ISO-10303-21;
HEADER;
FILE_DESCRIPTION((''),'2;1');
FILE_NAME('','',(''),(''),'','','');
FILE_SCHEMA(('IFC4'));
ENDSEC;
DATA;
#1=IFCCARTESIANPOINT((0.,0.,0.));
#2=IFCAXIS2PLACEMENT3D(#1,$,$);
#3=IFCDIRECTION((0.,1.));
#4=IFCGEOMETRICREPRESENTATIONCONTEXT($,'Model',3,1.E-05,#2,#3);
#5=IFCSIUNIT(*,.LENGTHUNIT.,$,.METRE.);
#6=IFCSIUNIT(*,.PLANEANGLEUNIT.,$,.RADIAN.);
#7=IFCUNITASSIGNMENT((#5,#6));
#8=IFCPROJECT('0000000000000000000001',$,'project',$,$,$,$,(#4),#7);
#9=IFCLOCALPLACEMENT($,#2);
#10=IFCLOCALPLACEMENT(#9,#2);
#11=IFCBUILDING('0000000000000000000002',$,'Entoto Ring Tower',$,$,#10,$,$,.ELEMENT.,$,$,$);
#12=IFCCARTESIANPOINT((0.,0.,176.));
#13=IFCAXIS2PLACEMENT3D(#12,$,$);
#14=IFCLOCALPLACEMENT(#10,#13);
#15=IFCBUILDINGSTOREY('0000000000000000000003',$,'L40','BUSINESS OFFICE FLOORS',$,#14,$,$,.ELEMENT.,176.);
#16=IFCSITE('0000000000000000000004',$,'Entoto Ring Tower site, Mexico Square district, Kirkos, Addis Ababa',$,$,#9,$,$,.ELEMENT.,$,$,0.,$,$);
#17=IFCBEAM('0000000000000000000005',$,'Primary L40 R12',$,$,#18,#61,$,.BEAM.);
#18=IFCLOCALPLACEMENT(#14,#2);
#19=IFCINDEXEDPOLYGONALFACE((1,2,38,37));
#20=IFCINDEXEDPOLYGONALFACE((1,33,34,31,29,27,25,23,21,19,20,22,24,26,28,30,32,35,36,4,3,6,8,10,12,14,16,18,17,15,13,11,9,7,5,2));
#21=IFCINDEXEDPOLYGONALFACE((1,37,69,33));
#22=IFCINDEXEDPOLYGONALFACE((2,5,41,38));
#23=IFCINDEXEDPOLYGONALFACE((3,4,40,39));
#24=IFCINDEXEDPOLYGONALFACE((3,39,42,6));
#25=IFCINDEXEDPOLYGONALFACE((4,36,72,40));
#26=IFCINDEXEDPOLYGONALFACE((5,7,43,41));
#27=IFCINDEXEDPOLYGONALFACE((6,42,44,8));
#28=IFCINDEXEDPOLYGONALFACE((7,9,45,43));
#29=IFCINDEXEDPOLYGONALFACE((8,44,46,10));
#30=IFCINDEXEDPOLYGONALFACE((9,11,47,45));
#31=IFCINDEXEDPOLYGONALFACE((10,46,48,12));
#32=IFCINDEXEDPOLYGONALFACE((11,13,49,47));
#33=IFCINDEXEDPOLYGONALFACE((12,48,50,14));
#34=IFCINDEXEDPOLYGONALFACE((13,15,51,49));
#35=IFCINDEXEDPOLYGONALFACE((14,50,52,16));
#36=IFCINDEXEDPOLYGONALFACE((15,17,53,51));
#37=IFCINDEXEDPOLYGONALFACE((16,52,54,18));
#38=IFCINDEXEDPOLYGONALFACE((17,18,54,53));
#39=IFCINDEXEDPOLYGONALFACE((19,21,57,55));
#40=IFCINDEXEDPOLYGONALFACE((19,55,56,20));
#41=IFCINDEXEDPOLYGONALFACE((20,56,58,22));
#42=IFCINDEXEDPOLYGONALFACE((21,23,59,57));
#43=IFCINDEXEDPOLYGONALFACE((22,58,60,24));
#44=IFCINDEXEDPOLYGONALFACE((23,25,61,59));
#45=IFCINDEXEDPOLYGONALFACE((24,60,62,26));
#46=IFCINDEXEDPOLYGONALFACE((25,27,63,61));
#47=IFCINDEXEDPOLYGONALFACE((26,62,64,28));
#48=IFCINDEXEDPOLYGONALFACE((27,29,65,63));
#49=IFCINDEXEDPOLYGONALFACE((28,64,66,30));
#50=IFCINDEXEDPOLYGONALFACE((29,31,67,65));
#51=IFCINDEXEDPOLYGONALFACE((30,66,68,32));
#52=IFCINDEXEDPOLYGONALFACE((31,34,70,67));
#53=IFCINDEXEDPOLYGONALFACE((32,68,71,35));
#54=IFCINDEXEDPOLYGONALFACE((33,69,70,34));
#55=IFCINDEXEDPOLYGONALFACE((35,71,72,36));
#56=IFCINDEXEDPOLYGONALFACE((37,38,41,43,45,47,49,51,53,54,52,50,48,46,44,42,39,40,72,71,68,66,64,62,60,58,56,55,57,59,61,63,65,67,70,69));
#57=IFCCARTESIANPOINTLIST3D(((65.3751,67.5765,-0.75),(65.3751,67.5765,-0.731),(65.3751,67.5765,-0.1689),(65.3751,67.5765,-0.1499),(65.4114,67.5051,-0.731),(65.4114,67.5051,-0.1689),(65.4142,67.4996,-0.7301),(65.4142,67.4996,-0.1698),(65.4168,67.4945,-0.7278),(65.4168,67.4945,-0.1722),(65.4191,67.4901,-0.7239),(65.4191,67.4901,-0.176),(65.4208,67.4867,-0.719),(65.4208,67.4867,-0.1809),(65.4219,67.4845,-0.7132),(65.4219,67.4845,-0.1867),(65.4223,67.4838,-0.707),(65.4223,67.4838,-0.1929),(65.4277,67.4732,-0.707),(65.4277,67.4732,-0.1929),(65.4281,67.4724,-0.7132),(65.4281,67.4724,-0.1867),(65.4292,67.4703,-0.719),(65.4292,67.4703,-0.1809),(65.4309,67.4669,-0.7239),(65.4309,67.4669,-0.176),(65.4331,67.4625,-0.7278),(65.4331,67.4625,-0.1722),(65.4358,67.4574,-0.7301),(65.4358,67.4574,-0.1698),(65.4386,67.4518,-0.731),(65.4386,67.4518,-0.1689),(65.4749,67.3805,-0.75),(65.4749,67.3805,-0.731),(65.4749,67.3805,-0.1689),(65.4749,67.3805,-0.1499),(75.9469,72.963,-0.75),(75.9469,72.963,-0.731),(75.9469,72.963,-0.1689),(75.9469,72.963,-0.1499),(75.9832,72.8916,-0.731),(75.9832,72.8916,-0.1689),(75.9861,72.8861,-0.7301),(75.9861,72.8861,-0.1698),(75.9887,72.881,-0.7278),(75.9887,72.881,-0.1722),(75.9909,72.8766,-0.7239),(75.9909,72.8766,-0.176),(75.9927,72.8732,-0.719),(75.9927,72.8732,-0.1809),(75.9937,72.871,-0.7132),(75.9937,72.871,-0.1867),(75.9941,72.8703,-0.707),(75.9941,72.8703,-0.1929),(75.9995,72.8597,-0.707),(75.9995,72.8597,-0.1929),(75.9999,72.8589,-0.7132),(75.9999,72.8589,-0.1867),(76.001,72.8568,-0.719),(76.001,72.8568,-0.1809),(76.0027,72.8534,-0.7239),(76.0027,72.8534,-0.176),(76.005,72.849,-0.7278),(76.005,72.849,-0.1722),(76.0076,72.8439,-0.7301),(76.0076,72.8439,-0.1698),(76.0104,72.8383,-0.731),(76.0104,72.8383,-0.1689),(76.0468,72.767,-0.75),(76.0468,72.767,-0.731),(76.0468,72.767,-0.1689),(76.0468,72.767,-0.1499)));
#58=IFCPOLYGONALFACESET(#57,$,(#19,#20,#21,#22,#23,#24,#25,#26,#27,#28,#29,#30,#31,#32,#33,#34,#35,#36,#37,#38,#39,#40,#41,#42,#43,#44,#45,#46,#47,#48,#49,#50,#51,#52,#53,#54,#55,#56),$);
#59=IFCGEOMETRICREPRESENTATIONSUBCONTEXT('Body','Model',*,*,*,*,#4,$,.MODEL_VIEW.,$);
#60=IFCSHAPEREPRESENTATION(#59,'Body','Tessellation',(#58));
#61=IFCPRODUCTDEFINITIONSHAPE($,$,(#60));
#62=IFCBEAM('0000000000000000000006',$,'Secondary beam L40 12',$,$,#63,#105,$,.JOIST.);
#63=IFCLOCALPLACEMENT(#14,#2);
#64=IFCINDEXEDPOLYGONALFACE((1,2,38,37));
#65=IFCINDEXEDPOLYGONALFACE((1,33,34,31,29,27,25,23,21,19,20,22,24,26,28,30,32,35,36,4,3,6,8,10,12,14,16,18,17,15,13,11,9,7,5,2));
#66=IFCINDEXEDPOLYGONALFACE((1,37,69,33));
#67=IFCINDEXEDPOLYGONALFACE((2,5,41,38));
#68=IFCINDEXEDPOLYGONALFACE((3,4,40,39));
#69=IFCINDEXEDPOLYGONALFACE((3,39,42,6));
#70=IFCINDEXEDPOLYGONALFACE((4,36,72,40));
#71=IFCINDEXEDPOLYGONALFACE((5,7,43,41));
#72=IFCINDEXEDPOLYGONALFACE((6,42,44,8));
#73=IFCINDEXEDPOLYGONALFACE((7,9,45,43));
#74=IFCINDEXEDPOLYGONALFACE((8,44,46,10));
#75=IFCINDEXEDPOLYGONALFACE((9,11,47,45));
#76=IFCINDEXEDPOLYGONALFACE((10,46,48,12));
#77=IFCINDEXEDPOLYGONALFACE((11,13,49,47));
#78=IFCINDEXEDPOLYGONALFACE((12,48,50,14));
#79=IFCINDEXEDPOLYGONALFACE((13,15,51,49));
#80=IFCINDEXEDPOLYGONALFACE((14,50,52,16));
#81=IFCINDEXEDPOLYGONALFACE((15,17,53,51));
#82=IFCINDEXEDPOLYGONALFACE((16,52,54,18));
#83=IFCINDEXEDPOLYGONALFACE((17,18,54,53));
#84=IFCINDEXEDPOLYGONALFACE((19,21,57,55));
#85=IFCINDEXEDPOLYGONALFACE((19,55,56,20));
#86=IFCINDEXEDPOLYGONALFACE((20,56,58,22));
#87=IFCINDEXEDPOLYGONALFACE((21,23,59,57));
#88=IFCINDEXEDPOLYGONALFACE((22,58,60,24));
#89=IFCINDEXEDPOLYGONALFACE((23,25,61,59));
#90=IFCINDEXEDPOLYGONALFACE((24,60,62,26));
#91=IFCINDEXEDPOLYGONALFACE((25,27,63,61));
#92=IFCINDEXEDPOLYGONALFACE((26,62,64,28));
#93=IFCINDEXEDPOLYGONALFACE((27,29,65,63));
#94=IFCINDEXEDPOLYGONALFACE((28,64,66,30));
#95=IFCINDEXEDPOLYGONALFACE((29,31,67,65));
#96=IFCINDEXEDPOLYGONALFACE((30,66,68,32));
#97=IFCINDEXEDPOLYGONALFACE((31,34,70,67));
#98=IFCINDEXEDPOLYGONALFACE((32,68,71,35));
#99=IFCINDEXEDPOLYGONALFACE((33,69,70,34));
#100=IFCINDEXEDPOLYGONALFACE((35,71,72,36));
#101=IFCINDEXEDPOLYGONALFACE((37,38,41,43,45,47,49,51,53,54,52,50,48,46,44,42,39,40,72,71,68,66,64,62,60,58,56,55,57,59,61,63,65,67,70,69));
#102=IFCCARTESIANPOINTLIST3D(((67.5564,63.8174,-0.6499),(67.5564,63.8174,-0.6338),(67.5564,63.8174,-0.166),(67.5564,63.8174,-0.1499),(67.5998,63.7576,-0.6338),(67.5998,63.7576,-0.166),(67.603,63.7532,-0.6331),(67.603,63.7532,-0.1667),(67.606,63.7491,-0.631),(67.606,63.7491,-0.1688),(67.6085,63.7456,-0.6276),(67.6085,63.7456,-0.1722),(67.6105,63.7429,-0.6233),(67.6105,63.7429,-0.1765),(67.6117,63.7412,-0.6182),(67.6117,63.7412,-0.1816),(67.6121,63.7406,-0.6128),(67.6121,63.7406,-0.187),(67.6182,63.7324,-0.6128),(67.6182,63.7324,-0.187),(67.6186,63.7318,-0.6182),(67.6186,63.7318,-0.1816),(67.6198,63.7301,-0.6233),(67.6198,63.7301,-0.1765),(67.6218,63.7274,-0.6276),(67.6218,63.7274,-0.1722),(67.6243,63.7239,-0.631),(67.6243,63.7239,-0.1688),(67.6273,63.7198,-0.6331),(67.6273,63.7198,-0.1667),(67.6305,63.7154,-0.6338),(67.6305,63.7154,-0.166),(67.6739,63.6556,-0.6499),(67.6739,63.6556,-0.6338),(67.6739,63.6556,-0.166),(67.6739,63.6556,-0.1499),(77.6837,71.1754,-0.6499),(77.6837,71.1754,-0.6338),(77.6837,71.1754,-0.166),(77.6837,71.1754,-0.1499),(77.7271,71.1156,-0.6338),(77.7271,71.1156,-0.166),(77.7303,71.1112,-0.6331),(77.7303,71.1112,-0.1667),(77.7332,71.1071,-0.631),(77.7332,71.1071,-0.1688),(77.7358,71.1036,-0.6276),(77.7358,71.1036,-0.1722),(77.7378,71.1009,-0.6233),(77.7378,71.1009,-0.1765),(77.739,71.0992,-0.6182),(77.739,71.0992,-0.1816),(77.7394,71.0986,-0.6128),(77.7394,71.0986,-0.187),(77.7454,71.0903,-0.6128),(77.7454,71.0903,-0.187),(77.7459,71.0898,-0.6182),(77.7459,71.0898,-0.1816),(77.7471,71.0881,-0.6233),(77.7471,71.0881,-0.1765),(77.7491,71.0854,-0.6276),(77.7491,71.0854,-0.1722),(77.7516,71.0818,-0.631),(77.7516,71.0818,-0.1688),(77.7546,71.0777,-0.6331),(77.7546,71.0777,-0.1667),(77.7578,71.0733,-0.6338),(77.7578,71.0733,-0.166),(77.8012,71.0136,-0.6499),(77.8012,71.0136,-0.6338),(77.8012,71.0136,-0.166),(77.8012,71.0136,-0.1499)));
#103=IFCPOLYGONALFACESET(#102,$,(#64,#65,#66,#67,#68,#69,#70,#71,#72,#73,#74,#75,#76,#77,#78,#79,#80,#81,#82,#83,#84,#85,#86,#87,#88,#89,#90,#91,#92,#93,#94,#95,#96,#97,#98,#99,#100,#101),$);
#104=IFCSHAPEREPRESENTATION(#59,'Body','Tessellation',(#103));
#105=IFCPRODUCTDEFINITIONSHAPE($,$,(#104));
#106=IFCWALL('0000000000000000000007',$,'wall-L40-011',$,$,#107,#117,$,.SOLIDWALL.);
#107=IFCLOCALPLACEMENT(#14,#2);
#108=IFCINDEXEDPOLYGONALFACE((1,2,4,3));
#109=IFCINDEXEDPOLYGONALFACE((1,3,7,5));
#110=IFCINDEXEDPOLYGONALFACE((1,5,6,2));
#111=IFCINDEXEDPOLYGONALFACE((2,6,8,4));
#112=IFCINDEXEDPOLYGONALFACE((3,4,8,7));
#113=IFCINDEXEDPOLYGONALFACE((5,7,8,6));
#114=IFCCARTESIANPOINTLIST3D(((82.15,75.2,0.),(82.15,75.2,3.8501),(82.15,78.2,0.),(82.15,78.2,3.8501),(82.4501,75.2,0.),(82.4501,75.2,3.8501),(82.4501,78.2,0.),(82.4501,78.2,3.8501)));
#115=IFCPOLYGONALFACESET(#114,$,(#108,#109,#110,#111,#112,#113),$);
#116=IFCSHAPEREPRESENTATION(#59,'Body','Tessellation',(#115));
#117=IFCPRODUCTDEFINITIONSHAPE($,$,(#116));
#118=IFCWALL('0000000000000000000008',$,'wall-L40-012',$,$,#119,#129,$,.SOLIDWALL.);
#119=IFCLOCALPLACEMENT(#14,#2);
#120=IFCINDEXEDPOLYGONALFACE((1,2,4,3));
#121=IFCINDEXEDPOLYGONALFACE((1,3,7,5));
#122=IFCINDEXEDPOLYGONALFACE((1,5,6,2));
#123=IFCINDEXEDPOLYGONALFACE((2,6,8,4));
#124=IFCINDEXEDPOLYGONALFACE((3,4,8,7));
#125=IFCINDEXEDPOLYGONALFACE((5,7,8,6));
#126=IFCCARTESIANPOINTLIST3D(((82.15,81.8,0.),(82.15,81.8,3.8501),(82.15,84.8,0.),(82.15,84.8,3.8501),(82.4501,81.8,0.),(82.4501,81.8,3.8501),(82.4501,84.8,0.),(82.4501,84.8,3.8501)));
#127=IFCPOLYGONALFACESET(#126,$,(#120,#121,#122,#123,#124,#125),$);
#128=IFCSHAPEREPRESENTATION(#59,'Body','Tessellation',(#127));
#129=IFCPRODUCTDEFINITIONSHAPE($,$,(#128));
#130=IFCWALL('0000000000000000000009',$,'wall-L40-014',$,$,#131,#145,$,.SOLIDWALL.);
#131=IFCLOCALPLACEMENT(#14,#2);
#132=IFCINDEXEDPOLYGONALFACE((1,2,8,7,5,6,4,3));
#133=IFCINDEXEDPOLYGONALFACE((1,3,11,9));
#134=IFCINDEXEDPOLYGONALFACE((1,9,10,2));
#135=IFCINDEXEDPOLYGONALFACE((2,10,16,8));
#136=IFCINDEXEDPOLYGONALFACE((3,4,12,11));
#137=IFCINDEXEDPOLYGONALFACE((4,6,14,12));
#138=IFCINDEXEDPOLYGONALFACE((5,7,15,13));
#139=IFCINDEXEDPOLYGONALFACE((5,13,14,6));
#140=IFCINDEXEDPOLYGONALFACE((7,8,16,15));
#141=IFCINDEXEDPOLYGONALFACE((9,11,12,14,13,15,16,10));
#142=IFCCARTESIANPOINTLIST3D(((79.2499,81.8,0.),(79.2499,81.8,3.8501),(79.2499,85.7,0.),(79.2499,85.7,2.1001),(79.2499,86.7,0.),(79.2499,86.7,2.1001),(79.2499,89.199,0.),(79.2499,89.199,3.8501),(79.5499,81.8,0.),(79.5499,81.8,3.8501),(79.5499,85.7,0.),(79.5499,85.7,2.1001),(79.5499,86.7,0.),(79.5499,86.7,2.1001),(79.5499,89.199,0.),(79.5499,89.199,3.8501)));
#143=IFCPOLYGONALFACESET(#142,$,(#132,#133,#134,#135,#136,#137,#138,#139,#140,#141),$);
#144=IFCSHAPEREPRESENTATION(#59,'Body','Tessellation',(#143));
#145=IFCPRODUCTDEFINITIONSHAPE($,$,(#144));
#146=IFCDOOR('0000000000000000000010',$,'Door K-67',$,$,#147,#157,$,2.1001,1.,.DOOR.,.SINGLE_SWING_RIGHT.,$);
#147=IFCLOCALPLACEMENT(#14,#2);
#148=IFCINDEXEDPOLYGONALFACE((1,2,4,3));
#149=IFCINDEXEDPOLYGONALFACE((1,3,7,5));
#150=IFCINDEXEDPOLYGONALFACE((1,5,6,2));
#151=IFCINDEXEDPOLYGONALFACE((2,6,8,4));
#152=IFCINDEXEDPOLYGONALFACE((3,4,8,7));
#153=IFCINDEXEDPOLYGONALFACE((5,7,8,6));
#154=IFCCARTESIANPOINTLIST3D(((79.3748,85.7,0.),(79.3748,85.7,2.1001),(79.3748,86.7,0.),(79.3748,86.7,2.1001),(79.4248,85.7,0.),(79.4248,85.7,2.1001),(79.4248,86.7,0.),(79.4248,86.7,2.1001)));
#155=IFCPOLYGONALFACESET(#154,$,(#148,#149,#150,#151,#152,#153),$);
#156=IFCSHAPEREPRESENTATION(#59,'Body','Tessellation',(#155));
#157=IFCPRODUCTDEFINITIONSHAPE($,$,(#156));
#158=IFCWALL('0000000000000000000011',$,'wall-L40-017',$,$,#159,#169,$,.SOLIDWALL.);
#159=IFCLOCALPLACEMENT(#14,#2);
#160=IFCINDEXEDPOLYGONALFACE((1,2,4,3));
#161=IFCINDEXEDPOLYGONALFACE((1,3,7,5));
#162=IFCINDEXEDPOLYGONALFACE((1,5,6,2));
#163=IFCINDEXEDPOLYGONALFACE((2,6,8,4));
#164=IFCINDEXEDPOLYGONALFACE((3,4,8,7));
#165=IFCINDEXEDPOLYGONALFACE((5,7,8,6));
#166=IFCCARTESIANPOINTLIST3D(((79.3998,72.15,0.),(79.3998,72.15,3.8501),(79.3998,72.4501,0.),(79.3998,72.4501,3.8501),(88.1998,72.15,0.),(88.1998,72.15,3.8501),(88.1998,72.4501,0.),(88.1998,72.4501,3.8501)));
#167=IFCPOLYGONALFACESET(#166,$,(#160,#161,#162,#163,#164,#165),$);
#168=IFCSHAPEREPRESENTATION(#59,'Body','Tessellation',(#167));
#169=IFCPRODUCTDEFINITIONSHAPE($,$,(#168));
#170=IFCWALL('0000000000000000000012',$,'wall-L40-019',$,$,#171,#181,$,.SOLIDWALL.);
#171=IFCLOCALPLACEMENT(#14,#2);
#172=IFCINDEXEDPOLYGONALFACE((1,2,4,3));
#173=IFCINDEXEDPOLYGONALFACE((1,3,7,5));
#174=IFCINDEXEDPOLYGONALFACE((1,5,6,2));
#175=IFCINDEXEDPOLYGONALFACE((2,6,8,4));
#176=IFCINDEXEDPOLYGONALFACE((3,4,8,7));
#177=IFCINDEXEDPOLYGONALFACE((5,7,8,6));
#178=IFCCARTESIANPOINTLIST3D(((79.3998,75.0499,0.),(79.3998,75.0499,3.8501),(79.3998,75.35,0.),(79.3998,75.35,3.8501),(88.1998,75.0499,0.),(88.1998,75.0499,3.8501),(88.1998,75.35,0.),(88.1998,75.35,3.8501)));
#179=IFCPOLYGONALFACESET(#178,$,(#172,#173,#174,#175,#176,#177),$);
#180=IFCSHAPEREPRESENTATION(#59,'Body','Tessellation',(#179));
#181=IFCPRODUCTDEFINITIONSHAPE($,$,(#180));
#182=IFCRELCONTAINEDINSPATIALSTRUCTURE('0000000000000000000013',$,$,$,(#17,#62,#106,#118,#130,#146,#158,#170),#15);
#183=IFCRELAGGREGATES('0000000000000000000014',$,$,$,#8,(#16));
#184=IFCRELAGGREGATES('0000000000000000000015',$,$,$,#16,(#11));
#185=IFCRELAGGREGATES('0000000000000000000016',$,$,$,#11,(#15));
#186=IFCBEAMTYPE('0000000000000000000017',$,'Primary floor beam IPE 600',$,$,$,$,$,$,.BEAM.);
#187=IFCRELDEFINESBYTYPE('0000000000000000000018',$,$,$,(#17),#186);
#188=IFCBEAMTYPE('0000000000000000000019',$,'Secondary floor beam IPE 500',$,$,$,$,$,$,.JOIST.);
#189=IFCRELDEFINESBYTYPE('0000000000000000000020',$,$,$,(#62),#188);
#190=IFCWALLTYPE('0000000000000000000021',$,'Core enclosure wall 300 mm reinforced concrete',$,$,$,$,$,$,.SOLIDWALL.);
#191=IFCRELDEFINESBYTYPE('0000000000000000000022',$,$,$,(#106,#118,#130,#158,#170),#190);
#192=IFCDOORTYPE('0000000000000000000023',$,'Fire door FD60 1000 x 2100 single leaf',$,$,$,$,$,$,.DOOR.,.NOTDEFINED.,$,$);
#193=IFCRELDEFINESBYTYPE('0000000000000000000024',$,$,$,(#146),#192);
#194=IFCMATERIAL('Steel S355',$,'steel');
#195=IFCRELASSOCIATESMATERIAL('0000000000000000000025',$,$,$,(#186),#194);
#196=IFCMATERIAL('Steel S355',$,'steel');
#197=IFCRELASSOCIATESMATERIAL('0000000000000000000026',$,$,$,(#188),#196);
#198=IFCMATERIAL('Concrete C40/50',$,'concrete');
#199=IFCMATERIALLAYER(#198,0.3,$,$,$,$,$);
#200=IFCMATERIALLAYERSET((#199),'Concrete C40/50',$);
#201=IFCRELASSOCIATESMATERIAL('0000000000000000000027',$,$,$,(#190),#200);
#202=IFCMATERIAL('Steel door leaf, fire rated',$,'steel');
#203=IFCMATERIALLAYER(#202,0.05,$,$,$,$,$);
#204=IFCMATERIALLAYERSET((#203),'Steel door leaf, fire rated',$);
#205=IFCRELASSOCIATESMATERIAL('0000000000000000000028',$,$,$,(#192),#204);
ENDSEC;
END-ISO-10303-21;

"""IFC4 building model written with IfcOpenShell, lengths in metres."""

from ifc_helpers import new_model, si_unit, direction, frame, frame_2d, origin, origin_2d, place, context, subcontext, project, spatial, rectangle, i_section, extrude, material, layer, layer_set, material_profile, profile_set, type_object, element, fill, save


model = new_model("IFC4")

# Units and contexts
model_context = context("Model", 3, precision=1e-05, world=origin(), true_north=direction((0.0, 1.0)))
body_context = subcontext(model_context, "Body", "Model", "MODEL_VIEW")
ifc_project = project(units=[si_unit("LENGTHUNIT", "METRE"), si_unit("PLANEANGLEUNIT", "RADIAN")], contexts=[model_context])

# Site, building, storey
site_placement = place(None, origin())
site = spatial("IfcSite", under=ifc_project, at=site_placement, Name="Entoto Ring Tower site, Mexico Square district, Kirkos, Addis Ababa", CompositionType="ELEMENT", RefElevation=0.0)
building_placement = place(site_placement, origin())
building = spatial("IfcBuilding", under=site, at=building_placement, Name="Entoto Ring Tower", CompositionType="ELEMENT")
storey_placement = place(building_placement, frame((0.0, 0.0, 176.0)))
storey = spatial("IfcBuildingStorey", under=building, at=storey_placement, Name="L40", Description="BUSINESS OFFICE FLOORS", CompositionType="ELEMENT", Elevation=176.0)

# Beams
ifc_material_1 = material(Name="Steel S355", Category="steel")
ifc_material_profile_1 = material_profile(ifc_material_1, i_section(OverallWidth=0.22, OverallDepth=0.6001, WebThickness=0.012, FlangeThickness=0.019, FilletRadius=0.0239, at=origin_2d()), Name="IPE 600")
ifc_profile_set_1 = profile_set([ifc_material_profile_1], Name="Steel S355")
beam_type_1 = type_object("IfcBeamType", Name="Primary floor beam IPE 600", PredefinedType="BEAM", material=ifc_profile_set_1)
beam_1_placement = place(storey_placement, frame((75.9968, 72.865, -0.45), z_axis=(-0.89101, -0.453983, 0.0), x_axis=(0.453983, -0.89101, 0.0)))
element("IfcBeam", 1, at=beam_1_placement, inside=storey, type_object=beam_type_1, Name="Primary L40 R12", PredefinedType="BEAM", context=body_context, shape_type="SweptSolid", body=[
    extrude(i_section(OverallWidth=0.22, OverallDepth=0.6001, WebThickness=0.012, FlangeThickness=0.019, FilletRadius=0.0239, at=origin_2d()), origin(), (0.0, 0.0, 1.0), 11.865),
])
ifc_material_2 = material(Name="Steel S355", Category="steel")
ifc_material_profile_2 = material_profile(ifc_material_2, i_section(OverallWidth=0.2, OverallDepth=0.5, WebThickness=0.0103, FlangeThickness=0.0161, FilletRadius=0.021, at=origin_2d()), Name="IPE 500")
ifc_profile_set_2 = profile_set([ifc_material_profile_2], Name="Steel S355")
beam_type_2 = type_object("IfcBeamType", Name="Secondary floor beam IPE 500", PredefinedType="JOIST", material=ifc_profile_set_2)
beam_2_placement = place(storey_placement, frame((77.7424, 71.0945, -0.3999), z_axis=(-0.809014, -0.587789, 0.0), x_axis=(0.587789, -0.809014, 0.0)))
element("IfcBeam", 2, at=beam_2_placement, inside=storey, type_object=beam_type_2, Name="Secondary beam L40 12", PredefinedType="JOIST", context=body_context, shape_type="SweptSolid", body=[
    extrude(i_section(OverallWidth=0.2, OverallDepth=0.5, WebThickness=0.0103, FlangeThickness=0.0161, FilletRadius=0.021, at=origin_2d()), origin(), (0.0, 0.0, 1.0), 12.5181),
])

# Walls
ifc_material_3 = material(Name="Concrete C40/50", Category="concrete")
ifc_layer_1 = layer(ifc_material_3, 0.3)
ifc_layer_set_1 = layer_set([ifc_layer_1], Name="Concrete C40/50")
wall_type_1 = type_object("IfcWallType", Name="Core enclosure wall 300 mm reinforced concrete", PredefinedType="SOLIDWALL", material=ifc_layer_set_1)
for number, where, z_axis, x_axis, name in (
    (3, (82.3, 75.2, 0.0), (0.0, 0.0, 1.0), (0.0, 1.0, 0.0), "wall-L40-011"),
    (4, (82.3, 81.8, 0.0), (0.0, 0.0, 1.0), (0.0, 1.0, 0.0), "wall-L40-012"),
):
    element("IfcWall", number, at=place(storey_placement, frame(where, z_axis=z_axis, x_axis=x_axis)), inside=storey, type_object=wall_type_1, Name=name, PredefinedType="SOLIDWALL", context=body_context, shape_type="SweptSolid", body=[
        extrude(rectangle(XDim=3.0, YDim=0.3, at=frame_2d((1.5, 0.0))), origin(), (0.0, 0.0, 1.0), 3.8501),
    ])

# Wall, opening, door
wall_1_placement = place(storey_placement, frame((79.3999, 81.8, 0.0), z_axis=(0.0, 0.0, 1.0), x_axis=(0.0, 1.0, 0.0)))
wall_1 = element("IfcWall", 5, at=wall_1_placement, inside=storey, type_object=wall_type_1, Name="wall-L40-014", PredefinedType="SOLIDWALL", context=body_context, shape_type="SweptSolid", body=[
    extrude(rectangle(XDim=7.3989, YDim=0.3, at=frame_2d((3.6995, 0.0))), origin(), (0.0, 0.0, 1.0), 3.8501),
])
opening_1_placement = place(wall_1_placement, frame((3.8999, 0.0, 0.0)))
opening_1 = element("IfcOpeningElement", 6, at=opening_1_placement, cuts=wall_1, PredefinedType="OPENING", context=body_context, shape_type="SweptSolid", body=[
    extrude(rectangle(XDim=1.0, YDim=2.1001, at=frame_2d((0.5, 1.05))), frame((0.0, 0.1602, 0.0), z_axis=(0.0, -1.0, 0.0), x_axis=(1.0, 0.0, 0.0)), (0.0, 0.0, 1.0), 0.3201),
])
ifc_material_4 = material(Name="Steel door leaf, fire rated", Category="steel")
ifc_layer_2 = layer(ifc_material_4, 0.05)
ifc_layer_set_2 = layer_set([ifc_layer_2], Name="Steel door leaf, fire rated")
door_type_1 = type_object("IfcDoorType", Name="Fire door FD60 1000 x 2100 single leaf", OperationType="NOTDEFINED", PredefinedType="DOOR", material=ifc_layer_set_2)
door_1_placement = place(opening_1_placement, frame((1.0, 0.0, 0.0), z_axis=(0.0, 0.0, 1.0), x_axis=(-1.0, 0.0, 0.0)))
door_1 = element("IfcDoor", 7, at=door_1_placement, inside=storey, type_object=door_type_1, Name="Door K-67", OperationType="SINGLE_SWING_RIGHT", OverallHeight=2.1001, OverallWidth=1.0, PredefinedType="DOOR", context=body_context, shape_type="SweptSolid", body=[
    extrude(rectangle(XDim=1.0, YDim=2.1001, at=frame_2d((0.5, 1.05))), frame((0.0, 0.0249, 0.0), z_axis=(0.0, -1.0, 0.0), x_axis=(1.0, 0.0, 0.0)), (0.0, 0.0, 1.0), 0.05),
])
fill(opening_1, door_1)

# Walls
for number, where, z_axis, x_axis, name in (
    (8, (79.3999, 72.3, 0.0), (0.0, 0.0, 1.0), (1.0, 0.0, 0.0), "wall-L40-017"),
    (9, (79.3999, 75.2, 0.0), (0.0, 0.0, 1.0), (1.0, 0.0, 0.0), "wall-L40-019"),
):
    element("IfcWall", number, at=place(storey_placement, frame(where, z_axis=z_axis, x_axis=x_axis)), inside=storey, type_object=wall_type_1, Name=name, PredefinedType="SOLIDWALL", context=body_context, shape_type="SweptSolid", body=[
        extrude(rectangle(XDim=8.8, YDim=0.3, at=frame_2d((4.3999, 0.0))), origin(), (0.0, 0.0, 1.0), 3.8501),
    ])

save(model, "model.ifc")
